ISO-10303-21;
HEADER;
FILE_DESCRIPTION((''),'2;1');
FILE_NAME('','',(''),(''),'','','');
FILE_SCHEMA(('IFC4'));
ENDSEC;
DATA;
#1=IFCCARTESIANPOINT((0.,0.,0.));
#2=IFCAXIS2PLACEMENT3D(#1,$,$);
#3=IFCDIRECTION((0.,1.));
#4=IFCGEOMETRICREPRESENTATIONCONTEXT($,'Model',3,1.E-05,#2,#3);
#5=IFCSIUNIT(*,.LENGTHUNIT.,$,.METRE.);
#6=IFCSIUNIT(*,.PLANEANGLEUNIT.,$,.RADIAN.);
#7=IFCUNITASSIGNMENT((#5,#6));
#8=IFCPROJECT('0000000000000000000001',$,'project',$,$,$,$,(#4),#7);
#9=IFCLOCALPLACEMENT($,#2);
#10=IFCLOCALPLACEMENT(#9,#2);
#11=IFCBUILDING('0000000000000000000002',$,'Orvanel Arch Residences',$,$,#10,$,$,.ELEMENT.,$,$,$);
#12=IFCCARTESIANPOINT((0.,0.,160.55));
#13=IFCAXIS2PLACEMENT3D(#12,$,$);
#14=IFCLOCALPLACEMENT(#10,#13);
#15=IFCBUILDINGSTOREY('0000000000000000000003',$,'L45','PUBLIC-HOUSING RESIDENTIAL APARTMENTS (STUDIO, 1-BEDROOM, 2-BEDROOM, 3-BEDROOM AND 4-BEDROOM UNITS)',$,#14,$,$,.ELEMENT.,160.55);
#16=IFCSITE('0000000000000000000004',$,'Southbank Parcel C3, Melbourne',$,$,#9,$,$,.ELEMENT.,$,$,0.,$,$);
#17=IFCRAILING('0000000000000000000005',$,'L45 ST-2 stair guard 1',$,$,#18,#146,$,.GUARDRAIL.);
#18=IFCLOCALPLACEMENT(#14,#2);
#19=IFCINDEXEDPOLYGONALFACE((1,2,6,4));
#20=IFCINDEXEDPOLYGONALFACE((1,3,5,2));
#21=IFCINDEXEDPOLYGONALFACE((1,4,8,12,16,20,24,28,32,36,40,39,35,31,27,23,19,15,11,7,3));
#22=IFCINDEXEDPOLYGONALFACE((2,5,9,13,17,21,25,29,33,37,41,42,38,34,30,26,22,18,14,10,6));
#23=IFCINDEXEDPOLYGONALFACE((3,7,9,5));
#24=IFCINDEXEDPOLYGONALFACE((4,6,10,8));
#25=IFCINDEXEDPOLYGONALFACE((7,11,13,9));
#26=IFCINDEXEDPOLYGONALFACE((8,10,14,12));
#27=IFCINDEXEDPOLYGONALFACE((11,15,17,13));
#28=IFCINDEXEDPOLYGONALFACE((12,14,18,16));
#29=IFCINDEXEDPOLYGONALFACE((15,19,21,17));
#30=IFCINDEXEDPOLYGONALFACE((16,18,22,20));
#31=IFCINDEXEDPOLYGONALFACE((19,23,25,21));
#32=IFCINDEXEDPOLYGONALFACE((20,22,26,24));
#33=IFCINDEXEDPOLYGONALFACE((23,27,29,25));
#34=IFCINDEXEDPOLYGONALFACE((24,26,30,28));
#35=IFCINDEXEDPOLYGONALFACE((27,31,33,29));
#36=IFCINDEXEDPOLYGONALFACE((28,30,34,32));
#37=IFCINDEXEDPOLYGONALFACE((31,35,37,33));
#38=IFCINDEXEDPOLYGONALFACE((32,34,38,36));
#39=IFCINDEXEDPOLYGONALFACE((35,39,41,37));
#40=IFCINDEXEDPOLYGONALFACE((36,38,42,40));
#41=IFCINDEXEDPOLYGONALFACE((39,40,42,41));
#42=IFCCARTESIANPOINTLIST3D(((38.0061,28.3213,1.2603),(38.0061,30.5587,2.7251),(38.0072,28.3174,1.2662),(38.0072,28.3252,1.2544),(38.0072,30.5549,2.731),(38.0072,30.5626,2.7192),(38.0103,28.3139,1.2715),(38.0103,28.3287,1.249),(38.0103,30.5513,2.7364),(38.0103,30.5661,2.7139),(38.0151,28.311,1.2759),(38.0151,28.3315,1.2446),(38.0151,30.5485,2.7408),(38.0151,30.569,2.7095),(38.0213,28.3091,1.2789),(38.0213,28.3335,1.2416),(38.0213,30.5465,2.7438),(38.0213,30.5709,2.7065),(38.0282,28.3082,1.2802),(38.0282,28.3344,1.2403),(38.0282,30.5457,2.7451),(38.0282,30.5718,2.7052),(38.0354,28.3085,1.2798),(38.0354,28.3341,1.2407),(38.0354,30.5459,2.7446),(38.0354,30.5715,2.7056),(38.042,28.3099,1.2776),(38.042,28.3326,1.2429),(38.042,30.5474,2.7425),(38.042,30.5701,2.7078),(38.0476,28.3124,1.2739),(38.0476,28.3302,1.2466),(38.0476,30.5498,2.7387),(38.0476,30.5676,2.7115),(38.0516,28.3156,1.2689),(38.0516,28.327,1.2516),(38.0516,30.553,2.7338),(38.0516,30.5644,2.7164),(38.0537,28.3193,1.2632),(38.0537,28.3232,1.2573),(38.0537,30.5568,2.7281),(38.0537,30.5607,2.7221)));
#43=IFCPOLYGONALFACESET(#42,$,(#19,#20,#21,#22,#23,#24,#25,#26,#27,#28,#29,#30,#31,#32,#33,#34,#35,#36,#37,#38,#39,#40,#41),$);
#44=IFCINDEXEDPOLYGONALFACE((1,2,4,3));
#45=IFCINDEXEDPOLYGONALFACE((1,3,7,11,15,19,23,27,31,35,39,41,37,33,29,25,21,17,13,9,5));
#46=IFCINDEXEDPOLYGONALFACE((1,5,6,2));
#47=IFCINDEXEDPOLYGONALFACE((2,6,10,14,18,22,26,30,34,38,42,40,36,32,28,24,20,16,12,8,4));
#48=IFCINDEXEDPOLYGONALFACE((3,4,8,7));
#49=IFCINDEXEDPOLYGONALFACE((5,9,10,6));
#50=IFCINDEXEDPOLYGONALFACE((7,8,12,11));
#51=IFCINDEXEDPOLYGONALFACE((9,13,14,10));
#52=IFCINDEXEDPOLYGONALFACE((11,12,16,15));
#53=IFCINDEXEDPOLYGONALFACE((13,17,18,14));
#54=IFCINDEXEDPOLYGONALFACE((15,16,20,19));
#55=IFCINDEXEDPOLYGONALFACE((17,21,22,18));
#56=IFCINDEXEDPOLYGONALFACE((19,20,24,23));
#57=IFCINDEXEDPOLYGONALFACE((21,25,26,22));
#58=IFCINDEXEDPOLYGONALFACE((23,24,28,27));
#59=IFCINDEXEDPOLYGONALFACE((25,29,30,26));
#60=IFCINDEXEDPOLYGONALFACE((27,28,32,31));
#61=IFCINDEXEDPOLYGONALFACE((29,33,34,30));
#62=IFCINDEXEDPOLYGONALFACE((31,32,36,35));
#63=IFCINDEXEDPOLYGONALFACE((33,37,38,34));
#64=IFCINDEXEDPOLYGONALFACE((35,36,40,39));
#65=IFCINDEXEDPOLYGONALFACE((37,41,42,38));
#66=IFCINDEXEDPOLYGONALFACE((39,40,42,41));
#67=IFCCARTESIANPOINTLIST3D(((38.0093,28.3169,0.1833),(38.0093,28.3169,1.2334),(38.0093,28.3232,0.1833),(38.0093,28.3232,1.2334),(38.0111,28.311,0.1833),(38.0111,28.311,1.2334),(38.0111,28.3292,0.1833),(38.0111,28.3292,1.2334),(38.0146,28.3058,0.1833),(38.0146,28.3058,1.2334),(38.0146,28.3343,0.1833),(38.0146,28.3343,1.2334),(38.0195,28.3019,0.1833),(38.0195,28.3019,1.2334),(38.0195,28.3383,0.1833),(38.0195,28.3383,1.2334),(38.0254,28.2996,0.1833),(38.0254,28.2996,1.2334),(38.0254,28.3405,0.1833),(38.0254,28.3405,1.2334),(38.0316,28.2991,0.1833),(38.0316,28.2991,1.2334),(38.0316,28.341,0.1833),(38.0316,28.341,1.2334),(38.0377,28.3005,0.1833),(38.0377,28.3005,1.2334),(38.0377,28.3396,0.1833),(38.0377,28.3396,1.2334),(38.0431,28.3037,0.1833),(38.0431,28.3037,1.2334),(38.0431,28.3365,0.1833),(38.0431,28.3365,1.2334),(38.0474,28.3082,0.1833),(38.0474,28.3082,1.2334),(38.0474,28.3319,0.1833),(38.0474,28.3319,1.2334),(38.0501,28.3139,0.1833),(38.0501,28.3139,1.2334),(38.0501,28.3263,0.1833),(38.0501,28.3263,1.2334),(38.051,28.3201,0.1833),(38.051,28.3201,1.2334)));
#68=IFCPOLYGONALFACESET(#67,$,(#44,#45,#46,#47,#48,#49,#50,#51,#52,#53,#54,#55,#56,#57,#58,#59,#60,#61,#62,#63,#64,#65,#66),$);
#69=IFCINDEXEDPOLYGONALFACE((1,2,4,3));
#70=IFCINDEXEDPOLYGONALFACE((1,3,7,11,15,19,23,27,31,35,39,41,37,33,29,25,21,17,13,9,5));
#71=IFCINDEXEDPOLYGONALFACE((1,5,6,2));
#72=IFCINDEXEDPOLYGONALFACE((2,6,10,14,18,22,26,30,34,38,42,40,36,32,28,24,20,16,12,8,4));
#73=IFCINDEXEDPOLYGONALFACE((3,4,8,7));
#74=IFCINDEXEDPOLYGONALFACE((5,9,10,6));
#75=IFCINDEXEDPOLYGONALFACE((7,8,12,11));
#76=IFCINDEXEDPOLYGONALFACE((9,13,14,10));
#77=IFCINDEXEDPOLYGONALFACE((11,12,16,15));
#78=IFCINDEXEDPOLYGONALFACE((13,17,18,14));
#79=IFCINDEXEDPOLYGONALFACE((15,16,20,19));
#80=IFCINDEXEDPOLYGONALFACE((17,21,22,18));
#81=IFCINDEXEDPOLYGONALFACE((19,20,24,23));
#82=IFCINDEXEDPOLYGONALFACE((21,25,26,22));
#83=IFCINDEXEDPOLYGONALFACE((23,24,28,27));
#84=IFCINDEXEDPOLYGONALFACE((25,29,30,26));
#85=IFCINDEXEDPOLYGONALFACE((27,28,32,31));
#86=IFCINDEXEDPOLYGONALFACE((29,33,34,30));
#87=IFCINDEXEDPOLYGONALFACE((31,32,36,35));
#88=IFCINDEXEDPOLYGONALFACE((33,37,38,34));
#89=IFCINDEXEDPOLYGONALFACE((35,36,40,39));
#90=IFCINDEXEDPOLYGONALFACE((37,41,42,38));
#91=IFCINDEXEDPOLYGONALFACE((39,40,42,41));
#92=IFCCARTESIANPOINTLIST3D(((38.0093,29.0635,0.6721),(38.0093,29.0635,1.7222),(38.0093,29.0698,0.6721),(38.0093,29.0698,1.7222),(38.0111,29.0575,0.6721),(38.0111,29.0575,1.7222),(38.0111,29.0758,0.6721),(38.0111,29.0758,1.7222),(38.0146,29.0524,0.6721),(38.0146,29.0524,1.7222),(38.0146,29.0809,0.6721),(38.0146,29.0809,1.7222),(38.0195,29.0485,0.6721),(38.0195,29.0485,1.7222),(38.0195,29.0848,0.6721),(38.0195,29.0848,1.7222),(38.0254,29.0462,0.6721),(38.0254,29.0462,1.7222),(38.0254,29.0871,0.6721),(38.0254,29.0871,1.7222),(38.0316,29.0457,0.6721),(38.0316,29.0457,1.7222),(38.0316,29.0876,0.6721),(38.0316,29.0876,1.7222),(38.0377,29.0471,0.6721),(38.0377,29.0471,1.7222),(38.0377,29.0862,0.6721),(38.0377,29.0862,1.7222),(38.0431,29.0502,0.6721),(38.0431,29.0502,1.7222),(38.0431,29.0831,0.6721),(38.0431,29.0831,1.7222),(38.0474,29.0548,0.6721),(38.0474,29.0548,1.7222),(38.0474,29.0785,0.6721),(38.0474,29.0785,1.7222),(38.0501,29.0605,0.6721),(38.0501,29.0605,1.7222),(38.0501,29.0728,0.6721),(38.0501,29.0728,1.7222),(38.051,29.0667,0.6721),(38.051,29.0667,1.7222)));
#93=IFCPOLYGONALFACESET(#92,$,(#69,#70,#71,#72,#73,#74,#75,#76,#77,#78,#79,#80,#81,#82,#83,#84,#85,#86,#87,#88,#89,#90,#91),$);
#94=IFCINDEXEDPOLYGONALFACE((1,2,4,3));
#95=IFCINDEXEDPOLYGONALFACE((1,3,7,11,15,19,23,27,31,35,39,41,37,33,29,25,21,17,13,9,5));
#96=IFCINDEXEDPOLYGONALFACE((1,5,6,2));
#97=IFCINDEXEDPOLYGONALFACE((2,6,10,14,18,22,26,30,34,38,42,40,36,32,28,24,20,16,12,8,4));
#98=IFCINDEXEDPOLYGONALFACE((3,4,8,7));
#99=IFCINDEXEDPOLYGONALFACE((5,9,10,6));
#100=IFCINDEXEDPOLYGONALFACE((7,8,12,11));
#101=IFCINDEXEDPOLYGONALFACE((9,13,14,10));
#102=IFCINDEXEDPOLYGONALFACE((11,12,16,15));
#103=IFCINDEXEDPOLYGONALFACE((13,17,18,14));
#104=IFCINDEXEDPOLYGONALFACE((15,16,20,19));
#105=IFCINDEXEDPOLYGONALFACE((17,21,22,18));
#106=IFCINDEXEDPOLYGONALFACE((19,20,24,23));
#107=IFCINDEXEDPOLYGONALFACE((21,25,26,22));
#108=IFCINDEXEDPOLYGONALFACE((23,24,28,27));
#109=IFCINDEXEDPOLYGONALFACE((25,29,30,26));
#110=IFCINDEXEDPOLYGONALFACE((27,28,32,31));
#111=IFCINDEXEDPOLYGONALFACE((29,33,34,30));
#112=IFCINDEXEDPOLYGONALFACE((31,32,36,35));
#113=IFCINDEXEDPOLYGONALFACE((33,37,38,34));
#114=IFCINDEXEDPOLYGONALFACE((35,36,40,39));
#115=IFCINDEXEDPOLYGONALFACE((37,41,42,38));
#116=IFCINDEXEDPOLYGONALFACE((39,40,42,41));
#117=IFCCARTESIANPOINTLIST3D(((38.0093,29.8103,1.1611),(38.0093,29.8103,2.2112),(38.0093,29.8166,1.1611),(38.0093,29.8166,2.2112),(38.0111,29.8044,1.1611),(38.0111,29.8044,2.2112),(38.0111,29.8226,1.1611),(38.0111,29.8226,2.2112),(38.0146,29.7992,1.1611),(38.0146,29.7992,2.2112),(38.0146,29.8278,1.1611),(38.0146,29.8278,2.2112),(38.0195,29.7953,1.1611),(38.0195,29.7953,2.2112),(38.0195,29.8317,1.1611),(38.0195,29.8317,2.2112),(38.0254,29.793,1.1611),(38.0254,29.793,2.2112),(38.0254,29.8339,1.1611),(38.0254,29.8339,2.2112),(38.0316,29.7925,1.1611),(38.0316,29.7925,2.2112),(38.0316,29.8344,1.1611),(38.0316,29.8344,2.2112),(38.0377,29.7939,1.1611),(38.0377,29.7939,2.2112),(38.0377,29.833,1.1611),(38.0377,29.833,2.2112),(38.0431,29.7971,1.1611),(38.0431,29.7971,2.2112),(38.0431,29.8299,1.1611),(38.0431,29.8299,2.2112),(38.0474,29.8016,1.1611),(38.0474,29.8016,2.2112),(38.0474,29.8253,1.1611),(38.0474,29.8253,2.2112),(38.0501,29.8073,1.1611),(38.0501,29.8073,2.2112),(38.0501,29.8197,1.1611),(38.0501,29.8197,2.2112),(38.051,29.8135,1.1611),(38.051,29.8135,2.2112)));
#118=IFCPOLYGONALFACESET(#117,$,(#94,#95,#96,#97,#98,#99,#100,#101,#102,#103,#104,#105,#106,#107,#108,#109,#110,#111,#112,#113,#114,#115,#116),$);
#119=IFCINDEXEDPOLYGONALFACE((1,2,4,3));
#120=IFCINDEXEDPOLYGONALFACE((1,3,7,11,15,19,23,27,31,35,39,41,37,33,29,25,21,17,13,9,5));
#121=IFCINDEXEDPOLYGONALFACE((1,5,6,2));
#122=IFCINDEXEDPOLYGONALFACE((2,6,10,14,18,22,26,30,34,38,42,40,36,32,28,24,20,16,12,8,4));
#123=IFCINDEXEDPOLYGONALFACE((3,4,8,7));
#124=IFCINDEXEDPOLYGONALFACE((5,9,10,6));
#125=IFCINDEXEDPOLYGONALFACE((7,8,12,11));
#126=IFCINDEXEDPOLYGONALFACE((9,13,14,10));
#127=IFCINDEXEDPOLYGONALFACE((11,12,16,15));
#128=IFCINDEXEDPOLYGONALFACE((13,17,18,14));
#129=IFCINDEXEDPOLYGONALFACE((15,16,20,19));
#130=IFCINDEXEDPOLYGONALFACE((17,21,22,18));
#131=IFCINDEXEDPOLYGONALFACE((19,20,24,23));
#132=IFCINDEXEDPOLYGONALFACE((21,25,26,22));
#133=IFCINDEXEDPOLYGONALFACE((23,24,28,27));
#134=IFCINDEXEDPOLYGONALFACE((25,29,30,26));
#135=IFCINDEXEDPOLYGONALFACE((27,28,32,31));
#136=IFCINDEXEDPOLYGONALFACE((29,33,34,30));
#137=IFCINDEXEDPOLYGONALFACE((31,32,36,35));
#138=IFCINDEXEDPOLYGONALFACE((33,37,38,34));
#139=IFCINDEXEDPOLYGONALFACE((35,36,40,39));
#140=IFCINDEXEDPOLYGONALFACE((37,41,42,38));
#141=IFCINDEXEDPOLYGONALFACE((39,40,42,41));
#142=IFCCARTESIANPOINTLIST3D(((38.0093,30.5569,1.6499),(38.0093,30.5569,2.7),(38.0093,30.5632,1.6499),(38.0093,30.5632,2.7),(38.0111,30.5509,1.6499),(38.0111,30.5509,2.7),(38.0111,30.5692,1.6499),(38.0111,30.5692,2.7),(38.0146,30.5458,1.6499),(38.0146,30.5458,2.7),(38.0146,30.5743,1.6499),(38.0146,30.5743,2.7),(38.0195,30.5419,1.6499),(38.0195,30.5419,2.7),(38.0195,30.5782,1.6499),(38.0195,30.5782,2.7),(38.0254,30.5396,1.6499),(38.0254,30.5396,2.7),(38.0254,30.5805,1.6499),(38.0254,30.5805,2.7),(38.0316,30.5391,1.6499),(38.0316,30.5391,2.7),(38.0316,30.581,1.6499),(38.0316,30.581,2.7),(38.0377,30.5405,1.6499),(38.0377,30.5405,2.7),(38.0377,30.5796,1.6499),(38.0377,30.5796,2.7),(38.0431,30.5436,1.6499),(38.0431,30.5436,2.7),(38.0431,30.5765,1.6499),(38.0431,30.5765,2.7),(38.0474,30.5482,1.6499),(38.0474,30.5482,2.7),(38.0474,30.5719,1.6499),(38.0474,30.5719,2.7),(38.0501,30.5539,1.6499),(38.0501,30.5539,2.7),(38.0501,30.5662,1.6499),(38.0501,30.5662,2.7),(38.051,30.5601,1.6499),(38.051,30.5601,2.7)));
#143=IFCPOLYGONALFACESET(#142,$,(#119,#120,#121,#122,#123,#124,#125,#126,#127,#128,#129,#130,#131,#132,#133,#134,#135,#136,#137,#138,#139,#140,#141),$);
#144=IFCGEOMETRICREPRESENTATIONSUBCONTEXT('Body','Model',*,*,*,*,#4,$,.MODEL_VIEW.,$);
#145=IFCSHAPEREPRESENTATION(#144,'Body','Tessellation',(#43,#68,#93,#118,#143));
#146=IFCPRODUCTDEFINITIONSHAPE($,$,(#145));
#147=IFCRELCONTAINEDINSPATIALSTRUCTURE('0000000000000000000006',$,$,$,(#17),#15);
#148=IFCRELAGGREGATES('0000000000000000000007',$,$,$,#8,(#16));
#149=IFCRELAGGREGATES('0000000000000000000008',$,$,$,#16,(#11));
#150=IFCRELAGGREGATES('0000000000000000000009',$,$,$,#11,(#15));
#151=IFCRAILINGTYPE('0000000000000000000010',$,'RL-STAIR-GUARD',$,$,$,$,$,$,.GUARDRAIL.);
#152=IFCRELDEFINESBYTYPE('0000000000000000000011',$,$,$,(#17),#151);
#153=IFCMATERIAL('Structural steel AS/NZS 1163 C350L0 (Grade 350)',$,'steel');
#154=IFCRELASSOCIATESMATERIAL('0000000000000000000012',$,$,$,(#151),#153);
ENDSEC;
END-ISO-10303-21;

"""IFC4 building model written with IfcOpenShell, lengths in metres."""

from ifc_helpers import new_model, si_unit, direction, frame, origin, origin_2d, place, context, subcontext, project, spatial, circle, extrude, material, type_object, element, save


model = new_model("IFC4")

# Units and contexts
model_context = context("Model", 3, precision=1e-05, world=origin(), true_north=direction((0.0, 1.0)))
body_context = subcontext(model_context, "Body", "Model", "MODEL_VIEW")
ifc_project = project(units=[si_unit("LENGTHUNIT", "METRE"), si_unit("PLANEANGLEUNIT", "RADIAN")], contexts=[model_context])

# Site, building, storey
site_placement = place(None, origin())
site = spatial("IfcSite", under=ifc_project, at=site_placement, Name="Southbank Parcel C3, Melbourne", CompositionType="ELEMENT", RefElevation=0.0)
building_placement = place(site_placement, origin())
building = spatial("IfcBuilding", under=site, at=building_placement, Name="Orvanel Arch Residences", CompositionType="ELEMENT")
storey_placement = place(building_placement, frame((0.0, 0.0, 160.55)))
storey = spatial("IfcBuildingStorey", under=building, at=storey_placement, Name="L45", Description="PUBLIC-HOUSING RESIDENTIAL APARTMENTS (STUDIO, 1-BEDROOM, 2-BEDROOM, 3-BEDROOM AND 4-BEDROOM UNITS)", CompositionType="ELEMENT", Elevation=160.55)

# Railing
ifc_material_1 = material(Name="Structural steel AS/NZS 1163 C350L0 (Grade 350)", Category="steel")
railing_type_1 = type_object("IfcRailingType", Name="RL-STAIR-GUARD", PredefinedType="GUARDRAIL", material=ifc_material_1)
railing_1_placement = place(storey_placement, frame((38.03, 28.3201, 0.1833)))
element("IfcRailing", 1, at=railing_1_placement, inside=storey, type_object=railing_type_1, Name="L45 ST-2 stair guard 1", PredefinedType="GUARDRAIL", context=body_context, shape_type="SweptSolid", body=[
    extrude(circle(Radius=0.0239, at=origin_2d()), frame((0.0, 0.0012, 1.0769), z_axis=(0.0, 0.836637, 0.547758), x_axis=(-1.0, 0.0, 0.0)), (0.0, 0.0, 1.0), 2.6743),
    extrude(circle(Radius=0.021, at=origin_2d()), origin(), (0.0, 0.0, 1.0), 1.05),
    extrude(circle(Radius=0.021, at=origin_2d()), frame((0.0, 0.7466, 0.4888)), (0.0, 0.0, 1.0), 1.05),
    extrude(circle(Radius=0.021, at=origin_2d()), frame((0.0, 1.4934, 0.9778)), (0.0, 0.0, 1.0), 1.05),
    extrude(circle(Radius=0.021, at=origin_2d()), frame((0.0, 2.24, 1.4666)), (0.0, 0.0, 1.0), 1.05),
])

save(model, "model.ifc")
